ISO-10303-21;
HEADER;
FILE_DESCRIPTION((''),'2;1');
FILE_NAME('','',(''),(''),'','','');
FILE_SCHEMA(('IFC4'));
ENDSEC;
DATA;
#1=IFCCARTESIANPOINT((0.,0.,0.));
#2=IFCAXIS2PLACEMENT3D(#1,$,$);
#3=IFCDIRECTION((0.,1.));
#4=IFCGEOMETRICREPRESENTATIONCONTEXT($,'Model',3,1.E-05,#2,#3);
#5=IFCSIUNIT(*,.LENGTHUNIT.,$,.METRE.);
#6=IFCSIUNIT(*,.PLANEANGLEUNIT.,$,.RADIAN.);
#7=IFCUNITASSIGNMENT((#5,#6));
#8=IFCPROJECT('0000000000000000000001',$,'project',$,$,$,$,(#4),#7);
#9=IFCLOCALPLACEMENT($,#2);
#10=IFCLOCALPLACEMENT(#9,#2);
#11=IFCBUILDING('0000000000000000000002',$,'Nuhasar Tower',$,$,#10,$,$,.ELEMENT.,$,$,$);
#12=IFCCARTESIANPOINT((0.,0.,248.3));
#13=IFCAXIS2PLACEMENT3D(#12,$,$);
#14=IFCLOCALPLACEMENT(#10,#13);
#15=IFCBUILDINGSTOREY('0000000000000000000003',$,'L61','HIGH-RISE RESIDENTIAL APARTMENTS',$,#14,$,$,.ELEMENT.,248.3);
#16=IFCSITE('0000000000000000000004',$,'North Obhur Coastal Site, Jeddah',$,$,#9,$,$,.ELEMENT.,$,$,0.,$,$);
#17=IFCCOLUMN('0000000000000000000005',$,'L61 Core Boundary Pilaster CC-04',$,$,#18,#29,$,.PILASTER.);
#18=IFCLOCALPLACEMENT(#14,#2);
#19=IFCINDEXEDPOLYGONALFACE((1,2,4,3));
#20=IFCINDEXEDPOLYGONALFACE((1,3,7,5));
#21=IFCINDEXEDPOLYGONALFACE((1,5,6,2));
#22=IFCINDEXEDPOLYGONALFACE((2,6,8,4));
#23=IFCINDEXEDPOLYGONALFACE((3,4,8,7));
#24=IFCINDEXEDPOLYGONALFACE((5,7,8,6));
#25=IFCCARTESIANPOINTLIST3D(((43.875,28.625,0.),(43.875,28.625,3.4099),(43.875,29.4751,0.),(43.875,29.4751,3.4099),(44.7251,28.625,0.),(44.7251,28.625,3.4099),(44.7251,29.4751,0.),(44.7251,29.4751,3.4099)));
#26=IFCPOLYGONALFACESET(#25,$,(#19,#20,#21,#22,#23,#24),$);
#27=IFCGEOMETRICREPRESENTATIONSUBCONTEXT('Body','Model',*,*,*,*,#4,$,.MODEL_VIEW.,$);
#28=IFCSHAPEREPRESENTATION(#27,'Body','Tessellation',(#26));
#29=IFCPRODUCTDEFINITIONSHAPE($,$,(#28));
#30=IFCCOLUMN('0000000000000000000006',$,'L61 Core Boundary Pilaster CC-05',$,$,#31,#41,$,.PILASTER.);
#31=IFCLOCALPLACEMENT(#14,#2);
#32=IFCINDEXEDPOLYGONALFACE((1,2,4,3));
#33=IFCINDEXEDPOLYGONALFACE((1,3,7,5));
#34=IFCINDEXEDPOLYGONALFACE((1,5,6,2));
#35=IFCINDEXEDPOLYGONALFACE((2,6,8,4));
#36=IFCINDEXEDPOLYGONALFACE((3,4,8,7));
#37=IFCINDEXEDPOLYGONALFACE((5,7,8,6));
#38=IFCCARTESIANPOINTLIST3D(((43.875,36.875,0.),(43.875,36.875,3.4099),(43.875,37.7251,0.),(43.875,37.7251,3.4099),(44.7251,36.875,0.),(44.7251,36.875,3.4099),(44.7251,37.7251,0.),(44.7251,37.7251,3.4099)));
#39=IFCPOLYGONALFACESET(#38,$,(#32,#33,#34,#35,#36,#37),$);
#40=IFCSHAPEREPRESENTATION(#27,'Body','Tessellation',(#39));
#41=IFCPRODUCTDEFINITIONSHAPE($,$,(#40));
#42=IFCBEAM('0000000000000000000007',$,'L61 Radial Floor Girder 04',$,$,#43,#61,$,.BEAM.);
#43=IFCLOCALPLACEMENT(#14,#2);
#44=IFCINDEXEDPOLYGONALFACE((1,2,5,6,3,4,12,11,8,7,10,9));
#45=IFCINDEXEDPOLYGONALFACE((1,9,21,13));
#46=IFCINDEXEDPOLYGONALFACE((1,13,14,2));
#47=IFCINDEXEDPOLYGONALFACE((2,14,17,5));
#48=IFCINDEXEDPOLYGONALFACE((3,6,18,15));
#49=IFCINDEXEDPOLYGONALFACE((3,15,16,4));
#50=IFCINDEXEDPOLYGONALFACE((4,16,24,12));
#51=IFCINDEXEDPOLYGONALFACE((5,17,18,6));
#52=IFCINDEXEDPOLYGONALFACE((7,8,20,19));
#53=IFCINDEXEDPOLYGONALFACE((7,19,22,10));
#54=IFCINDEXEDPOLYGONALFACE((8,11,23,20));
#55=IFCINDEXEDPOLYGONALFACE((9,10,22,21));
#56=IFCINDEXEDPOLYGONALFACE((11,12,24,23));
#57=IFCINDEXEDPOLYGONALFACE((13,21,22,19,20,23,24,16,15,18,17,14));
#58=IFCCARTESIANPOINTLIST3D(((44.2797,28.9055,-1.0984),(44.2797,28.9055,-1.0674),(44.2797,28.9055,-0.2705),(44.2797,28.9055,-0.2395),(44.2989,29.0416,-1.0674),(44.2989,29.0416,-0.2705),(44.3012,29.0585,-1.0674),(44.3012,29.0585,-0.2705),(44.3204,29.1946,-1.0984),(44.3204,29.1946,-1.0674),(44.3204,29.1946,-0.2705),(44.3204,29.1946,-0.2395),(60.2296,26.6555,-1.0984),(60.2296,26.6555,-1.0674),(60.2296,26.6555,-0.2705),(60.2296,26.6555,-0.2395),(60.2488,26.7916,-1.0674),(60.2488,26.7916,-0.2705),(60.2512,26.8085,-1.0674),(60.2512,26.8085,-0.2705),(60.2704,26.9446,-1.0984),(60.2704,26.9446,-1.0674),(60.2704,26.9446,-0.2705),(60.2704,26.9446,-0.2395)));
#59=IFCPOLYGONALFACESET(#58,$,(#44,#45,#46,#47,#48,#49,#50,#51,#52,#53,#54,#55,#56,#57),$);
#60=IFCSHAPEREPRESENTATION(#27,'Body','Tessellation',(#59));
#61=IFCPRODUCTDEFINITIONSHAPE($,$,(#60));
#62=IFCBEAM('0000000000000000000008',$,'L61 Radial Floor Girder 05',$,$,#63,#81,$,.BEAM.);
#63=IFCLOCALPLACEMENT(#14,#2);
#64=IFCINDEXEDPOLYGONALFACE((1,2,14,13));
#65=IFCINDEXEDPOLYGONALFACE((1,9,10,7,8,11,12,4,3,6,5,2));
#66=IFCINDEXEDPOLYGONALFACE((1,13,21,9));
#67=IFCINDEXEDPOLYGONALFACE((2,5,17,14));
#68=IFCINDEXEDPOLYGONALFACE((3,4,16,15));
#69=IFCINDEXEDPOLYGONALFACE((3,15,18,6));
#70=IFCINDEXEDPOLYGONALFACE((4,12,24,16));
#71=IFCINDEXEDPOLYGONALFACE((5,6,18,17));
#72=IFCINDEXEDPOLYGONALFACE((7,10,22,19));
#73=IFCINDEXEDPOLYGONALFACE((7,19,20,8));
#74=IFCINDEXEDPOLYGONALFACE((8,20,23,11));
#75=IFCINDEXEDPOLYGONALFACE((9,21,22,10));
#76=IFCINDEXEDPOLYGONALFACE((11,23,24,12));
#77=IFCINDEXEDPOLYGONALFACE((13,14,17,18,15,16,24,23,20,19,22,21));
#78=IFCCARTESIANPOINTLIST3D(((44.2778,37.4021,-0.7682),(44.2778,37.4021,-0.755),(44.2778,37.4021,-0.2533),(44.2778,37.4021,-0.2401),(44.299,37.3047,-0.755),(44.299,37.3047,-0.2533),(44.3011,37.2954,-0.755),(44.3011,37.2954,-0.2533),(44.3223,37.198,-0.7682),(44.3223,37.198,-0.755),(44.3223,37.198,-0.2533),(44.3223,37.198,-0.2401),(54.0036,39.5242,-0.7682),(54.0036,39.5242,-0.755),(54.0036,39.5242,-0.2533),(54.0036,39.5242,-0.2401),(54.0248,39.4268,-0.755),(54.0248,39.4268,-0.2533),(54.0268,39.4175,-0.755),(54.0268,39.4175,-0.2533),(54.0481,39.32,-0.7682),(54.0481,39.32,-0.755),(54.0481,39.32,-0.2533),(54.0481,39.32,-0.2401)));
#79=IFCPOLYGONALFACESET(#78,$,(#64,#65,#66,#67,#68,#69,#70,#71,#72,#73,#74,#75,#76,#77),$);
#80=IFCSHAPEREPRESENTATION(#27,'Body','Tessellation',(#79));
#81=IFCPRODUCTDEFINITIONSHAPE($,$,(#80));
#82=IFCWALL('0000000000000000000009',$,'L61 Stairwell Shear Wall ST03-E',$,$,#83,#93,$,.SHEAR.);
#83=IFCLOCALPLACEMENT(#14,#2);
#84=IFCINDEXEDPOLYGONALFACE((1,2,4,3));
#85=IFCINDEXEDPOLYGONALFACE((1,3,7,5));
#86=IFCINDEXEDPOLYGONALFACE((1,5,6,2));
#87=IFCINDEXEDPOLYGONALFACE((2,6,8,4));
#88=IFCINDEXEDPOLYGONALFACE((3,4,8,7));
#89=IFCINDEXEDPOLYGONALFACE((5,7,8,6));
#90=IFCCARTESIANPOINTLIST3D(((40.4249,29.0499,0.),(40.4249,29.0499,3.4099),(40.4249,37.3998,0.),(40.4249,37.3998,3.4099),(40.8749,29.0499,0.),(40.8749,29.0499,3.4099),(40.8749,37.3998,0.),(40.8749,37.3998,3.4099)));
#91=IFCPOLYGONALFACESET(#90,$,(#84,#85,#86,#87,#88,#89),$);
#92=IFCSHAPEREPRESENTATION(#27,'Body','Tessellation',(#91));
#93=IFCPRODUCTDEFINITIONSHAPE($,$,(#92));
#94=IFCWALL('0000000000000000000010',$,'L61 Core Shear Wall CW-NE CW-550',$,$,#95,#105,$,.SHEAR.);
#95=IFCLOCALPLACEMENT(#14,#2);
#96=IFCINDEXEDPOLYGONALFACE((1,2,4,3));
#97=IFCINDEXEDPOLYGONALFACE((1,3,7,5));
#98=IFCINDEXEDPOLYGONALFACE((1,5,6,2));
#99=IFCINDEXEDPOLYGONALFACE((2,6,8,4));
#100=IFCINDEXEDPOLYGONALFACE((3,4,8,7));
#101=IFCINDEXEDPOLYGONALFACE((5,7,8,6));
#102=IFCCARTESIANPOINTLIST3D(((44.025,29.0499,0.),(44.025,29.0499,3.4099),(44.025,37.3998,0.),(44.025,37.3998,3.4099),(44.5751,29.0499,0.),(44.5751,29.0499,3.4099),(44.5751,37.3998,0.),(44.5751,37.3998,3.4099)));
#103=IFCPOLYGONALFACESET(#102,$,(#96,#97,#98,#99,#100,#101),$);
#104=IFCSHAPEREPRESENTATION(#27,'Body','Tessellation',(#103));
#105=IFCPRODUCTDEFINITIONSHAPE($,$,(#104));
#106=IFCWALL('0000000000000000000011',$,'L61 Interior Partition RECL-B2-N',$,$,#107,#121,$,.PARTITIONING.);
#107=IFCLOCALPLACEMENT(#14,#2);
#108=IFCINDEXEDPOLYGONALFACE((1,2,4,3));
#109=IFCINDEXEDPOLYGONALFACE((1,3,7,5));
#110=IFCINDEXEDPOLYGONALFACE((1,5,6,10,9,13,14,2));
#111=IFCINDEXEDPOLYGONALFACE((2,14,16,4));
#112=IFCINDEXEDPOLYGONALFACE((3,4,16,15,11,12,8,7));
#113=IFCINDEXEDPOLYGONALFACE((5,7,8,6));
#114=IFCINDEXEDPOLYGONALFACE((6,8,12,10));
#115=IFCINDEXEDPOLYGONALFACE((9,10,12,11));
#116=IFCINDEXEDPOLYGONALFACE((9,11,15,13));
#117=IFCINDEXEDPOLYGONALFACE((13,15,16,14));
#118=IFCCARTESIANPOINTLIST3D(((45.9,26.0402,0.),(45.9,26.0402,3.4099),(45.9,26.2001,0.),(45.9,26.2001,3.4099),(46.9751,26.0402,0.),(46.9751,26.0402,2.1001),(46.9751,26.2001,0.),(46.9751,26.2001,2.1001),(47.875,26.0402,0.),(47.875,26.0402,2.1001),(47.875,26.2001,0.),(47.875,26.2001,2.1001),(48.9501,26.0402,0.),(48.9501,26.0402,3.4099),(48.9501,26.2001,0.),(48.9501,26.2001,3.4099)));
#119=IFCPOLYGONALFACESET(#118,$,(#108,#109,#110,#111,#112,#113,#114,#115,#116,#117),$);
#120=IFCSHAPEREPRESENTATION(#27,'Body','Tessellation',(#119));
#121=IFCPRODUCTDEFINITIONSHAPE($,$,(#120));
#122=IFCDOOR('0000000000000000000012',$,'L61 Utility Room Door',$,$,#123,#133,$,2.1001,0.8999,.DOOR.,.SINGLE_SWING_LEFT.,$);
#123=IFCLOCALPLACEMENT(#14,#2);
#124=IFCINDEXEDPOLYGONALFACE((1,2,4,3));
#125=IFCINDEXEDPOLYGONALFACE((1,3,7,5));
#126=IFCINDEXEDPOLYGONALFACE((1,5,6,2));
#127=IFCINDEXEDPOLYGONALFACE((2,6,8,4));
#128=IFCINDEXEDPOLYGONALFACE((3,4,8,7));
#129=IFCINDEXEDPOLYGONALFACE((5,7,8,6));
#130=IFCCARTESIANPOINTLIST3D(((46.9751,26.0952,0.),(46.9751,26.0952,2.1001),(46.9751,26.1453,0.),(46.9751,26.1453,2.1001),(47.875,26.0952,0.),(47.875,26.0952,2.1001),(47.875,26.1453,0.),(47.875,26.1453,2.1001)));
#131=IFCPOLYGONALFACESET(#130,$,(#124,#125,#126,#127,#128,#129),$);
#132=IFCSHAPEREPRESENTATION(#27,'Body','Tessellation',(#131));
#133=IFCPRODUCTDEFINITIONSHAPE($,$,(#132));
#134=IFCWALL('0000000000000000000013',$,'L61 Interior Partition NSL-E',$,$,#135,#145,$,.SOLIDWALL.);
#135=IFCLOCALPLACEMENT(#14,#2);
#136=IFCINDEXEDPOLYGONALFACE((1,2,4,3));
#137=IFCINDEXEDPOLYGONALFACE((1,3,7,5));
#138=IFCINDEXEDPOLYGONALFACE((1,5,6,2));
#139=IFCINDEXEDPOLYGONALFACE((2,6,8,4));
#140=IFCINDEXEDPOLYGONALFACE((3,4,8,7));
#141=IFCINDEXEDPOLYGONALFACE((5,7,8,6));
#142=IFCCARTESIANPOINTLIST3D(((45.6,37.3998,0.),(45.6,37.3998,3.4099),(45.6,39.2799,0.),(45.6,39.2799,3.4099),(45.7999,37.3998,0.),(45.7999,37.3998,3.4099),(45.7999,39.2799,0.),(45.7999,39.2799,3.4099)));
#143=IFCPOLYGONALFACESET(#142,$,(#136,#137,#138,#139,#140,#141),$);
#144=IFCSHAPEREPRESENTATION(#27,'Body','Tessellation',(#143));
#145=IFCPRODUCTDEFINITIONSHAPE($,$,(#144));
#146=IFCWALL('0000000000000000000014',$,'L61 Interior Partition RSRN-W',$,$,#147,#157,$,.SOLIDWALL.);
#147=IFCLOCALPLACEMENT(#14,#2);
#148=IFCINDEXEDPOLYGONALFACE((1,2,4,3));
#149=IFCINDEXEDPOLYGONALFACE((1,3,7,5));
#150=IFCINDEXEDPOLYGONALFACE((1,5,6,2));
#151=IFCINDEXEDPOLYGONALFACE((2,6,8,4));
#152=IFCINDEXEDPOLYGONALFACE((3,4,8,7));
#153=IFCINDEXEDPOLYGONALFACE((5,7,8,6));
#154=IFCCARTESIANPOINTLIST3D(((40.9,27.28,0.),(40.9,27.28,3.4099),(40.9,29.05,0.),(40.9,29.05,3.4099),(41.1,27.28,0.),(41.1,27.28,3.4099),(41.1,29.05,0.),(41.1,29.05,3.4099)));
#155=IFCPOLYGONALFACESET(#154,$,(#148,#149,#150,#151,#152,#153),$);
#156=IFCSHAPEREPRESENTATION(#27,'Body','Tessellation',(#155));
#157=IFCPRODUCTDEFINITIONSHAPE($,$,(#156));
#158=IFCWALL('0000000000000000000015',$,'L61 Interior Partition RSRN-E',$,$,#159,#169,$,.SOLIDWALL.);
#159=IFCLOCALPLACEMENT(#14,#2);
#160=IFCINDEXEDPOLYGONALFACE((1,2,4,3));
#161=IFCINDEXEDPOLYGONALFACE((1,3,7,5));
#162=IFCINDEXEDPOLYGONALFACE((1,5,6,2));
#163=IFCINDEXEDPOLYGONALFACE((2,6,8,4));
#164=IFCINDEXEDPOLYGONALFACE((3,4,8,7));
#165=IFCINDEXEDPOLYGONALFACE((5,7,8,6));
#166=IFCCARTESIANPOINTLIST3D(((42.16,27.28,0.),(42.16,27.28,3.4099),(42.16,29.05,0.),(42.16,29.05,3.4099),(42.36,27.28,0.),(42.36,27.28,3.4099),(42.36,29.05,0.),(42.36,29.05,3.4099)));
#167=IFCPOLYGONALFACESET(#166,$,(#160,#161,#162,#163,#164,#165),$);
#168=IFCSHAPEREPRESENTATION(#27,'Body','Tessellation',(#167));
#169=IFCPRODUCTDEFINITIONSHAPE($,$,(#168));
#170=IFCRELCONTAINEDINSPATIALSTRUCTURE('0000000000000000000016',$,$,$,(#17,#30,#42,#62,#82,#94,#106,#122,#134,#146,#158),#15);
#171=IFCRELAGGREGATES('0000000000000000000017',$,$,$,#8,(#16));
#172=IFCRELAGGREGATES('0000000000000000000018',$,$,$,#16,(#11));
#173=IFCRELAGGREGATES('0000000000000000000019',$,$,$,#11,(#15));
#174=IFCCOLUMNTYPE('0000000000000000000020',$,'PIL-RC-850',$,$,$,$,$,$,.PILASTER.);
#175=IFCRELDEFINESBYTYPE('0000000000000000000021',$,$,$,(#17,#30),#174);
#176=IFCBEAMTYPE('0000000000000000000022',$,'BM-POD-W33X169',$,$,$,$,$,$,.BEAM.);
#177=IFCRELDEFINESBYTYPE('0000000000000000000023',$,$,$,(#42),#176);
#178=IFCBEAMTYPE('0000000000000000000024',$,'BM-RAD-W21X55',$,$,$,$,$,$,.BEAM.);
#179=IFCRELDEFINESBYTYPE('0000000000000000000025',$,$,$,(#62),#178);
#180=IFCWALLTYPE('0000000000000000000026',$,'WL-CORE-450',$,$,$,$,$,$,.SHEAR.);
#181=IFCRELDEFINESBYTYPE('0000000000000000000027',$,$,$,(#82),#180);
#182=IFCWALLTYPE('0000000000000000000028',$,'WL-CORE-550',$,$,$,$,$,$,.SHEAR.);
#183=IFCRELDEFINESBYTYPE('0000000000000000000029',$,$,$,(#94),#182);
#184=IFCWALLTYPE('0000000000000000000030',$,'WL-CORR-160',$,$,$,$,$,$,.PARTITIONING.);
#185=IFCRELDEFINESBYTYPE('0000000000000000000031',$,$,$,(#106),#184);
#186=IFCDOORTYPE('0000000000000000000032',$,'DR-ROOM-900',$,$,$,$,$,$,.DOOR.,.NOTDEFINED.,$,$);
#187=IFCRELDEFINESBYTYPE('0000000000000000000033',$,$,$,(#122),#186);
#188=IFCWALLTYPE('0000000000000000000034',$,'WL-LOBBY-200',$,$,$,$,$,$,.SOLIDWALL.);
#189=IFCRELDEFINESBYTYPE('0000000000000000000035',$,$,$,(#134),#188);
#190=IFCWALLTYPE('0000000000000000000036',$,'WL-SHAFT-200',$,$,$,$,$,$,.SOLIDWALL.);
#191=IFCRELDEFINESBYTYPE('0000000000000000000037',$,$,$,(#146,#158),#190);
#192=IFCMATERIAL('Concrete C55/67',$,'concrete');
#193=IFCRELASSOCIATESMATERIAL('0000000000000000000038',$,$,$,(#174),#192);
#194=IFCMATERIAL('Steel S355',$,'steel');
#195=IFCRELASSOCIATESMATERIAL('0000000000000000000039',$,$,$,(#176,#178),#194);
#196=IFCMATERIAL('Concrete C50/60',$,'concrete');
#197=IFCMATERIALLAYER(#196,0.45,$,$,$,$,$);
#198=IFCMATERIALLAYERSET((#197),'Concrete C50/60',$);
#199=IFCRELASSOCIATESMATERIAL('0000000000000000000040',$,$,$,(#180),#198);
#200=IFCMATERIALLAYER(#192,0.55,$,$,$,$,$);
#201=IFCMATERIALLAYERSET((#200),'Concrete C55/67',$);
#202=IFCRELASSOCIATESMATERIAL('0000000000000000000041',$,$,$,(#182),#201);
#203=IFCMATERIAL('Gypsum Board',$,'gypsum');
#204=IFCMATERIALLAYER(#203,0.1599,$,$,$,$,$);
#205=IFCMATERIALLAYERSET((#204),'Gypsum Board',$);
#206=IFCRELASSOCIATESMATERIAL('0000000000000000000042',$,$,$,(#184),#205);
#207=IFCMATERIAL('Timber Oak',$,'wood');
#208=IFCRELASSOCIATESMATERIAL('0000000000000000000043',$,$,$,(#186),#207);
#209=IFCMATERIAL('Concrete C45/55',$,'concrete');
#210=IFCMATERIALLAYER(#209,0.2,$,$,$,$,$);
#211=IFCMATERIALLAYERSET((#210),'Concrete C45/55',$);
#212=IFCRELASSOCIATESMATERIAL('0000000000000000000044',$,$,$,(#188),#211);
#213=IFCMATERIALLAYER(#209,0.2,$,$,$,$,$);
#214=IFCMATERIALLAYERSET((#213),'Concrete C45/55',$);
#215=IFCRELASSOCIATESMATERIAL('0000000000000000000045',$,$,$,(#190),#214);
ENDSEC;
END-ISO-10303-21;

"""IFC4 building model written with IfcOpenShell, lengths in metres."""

from ifc_helpers import new_model, si_unit, direction, frame, frame_2d, origin, origin_2d, place, context, subcontext, project, spatial, rectangle, i_section, extrude, material, layer, layer_set, material_profile, profile_set, type_object, element, fill, save


model = new_model("IFC4")

# Units and contexts
model_context = context("Model", 3, precision=1e-05, world=origin(), true_north=direction((0.0, 1.0)))
body_context = subcontext(model_context, "Body", "Model", "MODEL_VIEW")
ifc_project = project(units=[si_unit("LENGTHUNIT", "METRE"), si_unit("PLANEANGLEUNIT", "RADIAN")], contexts=[model_context])

# Site, building, storey
site_placement = place(None, origin())
site = spatial("IfcSite", under=ifc_project, at=site_placement, Name="North Obhur Coastal Site, Jeddah", CompositionType="ELEMENT", RefElevation=0.0)
building_placement = place(site_placement, origin())
building = spatial("IfcBuilding", under=site, at=building_placement, Name="Nuhasar Tower", CompositionType="ELEMENT")
storey_placement = place(building_placement, frame((0.0, 0.0, 248.3)))
storey = spatial("IfcBuildingStorey", under=building, at=storey_placement, Name="L61", Description="HIGH-RISE RESIDENTIAL APARTMENTS", CompositionType="ELEMENT", Elevation=248.3)

# Columns
ifc_material_1 = material(Name="Concrete C55/67", Category="concrete")
ifc_material_profile_1 = material_profile(ifc_material_1, rectangle(XDim=0.8501, YDim=0.8501, at=origin_2d()), Name="RC850X850")
ifc_profile_set_1 = profile_set([ifc_material_profile_1], Name="Concrete C55/67")
column_type = type_object("IfcColumnType", Name="PIL-RC-850", PredefinedType="PILASTER", material=ifc_profile_set_1)
for number, where, z_axis, x_axis, name in (
    (1, (44.3, 29.05, 0.0), (0.0, 0.0, 1.0), (1.0, 0.0, 0.0), "L61 Core Boundary Pilaster CC-04"),
    (2, (44.3, 37.3, 0.0), (0.0, 0.0, 1.0), (1.0, 0.0, 0.0), "L61 Core Boundary Pilaster CC-05"),
):
    element("IfcColumn", number, at=place(storey_placement, frame(where, z_axis=z_axis, x_axis=x_axis)), inside=storey, type_object=column_type, Name=name, PredefinedType="PILASTER", context=body_context, shape_type="SweptSolid", body=[
        extrude(rectangle(XDim=0.8501, YDim=0.8501, at=origin_2d()), origin(), (0.0, 0.0, 1.0), 3.4099),
    ])

# Beams
ifc_material_2 = material(Name="Steel S355", Category="steel")
ifc_material_profile_2 = material_profile(ifc_material_2, i_section(OverallWidth=0.292, OverallDepth=0.8589, WebThickness=0.0171, FlangeThickness=0.031, at=origin_2d()), Name="W33X169")
ifc_profile_set_2 = profile_set([ifc_material_profile_2], Name="Steel S355")
beam_type_1 = type_object("IfcBeamType", Name="BM-POD-W33X169", PredefinedType="BEAM", material=ifc_profile_set_2)
beam_1_placement = place(storey_placement, frame((44.3, 29.05, -0.6689), z_axis=(0.990196, -0.139683, 0.0), x_axis=(0.139683, 0.990196, 0.0)))
element("IfcBeam", 3, at=beam_1_placement, inside=storey, type_object=beam_type_1, Name="L61 Radial Floor Girder 04", PredefinedType="BEAM", context=body_context, shape_type="SweptSolid", body=[
    extrude(i_section(OverallWidth=0.292, OverallDepth=0.8589, WebThickness=0.0171, FlangeThickness=0.031, at=origin_2d()), origin(), (0.0, 0.0, 1.0), 16.1079),
])
ifc_material_profile_3 = material_profile(ifc_material_2, i_section(OverallWidth=0.209, OverallDepth=0.5281, WebThickness=0.0095, FlangeThickness=0.0132, at=origin_2d()), Name="W21X55")
ifc_profile_set_3 = profile_set([ifc_material_profile_3], Name="Steel S355")
beam_type_2 = type_object("IfcBeamType", Name="BM-RAD-W21X55", PredefinedType="BEAM", material=ifc_profile_set_3)
beam_2_placement = place(storey_placement, frame((44.3, 37.3, -0.5042), z_axis=(0.977014, 0.213174, 0.0), x_axis=(-0.213174, 0.977014, 0.0)))
element("IfcBeam", 4, at=beam_2_placement, inside=storey, type_object=beam_type_2, Name="L61 Radial Floor Girder 05", PredefinedType="BEAM", context=body_context, shape_type="SweptSolid", body=[
    extrude(i_section(OverallWidth=0.209, OverallDepth=0.5281, WebThickness=0.0095, FlangeThickness=0.0132, at=origin_2d()), origin(), (0.0, 0.0, 1.0), 9.9546),
])

# Shared definitions
ifc_material_3 = material(Name="Concrete C50/60", Category="concrete")
ifc_layer_1 = layer(ifc_material_3, 0.45)
ifc_layer_set_1 = layer_set([ifc_layer_1], Name="Concrete C50/60")
wall_type_1 = type_object("IfcWallType", Name="WL-CORE-450", PredefinedType="SHEAR", material=ifc_layer_set_1)

# Wall
wall_1_placement = place(storey_placement, frame((40.6499, 29.05, 0.0), z_axis=(0.0, 0.0, 1.0), x_axis=(0.0, 1.0, 0.0)))
element("IfcWall", 5, at=wall_1_placement, inside=storey, type_object=wall_type_1, Name="L61 Stairwell Shear Wall ST03-E", PredefinedType="SHEAR", context=body_context, shape_type="SweptSolid", body=[
    extrude(rectangle(XDim=8.3499, YDim=0.45, at=frame_2d((4.1748, 0.0))), origin(), (0.0, 0.0, 1.0), 3.4099),
])

# Wall
ifc_layer_2 = layer(ifc_material_1, 0.55)
ifc_layer_set_2 = layer_set([ifc_layer_2], Name="Concrete C55/67")
wall_type_2 = type_object("IfcWallType", Name="WL-CORE-550", PredefinedType="SHEAR", material=ifc_layer_set_2)
wall_2_placement = place(storey_placement, frame((44.3, 29.05, 0.0), z_axis=(0.0, 0.0, 1.0), x_axis=(0.0, 1.0, 0.0)))
element("IfcWall", 6, at=wall_2_placement, inside=storey, type_object=wall_type_2, Name="L61 Core Shear Wall CW-NE CW-550", PredefinedType="SHEAR", context=body_context, shape_type="SweptSolid", body=[
    extrude(rectangle(XDim=8.3499, YDim=0.55, at=frame_2d((4.1748, 0.0))), origin(), (0.0, 0.0, 1.0), 3.4099),
])

# Wall, opening, door
ifc_material_4 = material(Name="Gypsum Board", Category="gypsum")
ifc_layer_3 = layer(ifc_material_4, 0.1599)
ifc_layer_set_3 = layer_set([ifc_layer_3], Name="Gypsum Board")
wall_type_3 = type_object("IfcWallType", Name="WL-CORR-160", PredefinedType="PARTITIONING", material=ifc_layer_set_3)
wall_3_placement = place(storey_placement, frame((48.95, 26.1201, 0.0), z_axis=(0.0, 0.0, 1.0), x_axis=(-1.0, 0.0, 0.0)))
wall_3 = element("IfcWall", 7, at=wall_3_placement, inside=storey, type_object=wall_type_3, Name="L61 Interior Partition RECL-B2-N", PredefinedType="PARTITIONING", context=body_context, shape_type="SweptSolid", body=[
    extrude(rectangle(XDim=3.05, YDim=0.1599, at=frame_2d((1.5249, 0.0))), origin(), (0.0, 0.0, 1.0), 3.4099),
])
opening_1_placement = place(wall_3_placement, frame((1.075, 0.0, 0.0)))
opening_1 = element("IfcOpeningElement", 8, at=opening_1_placement, cuts=wall_3, PredefinedType="OPENING", context=body_context, shape_type="SweptSolid", body=[
    extrude(rectangle(XDim=0.8999, YDim=2.1001, at=frame_2d((0.45, 1.05))), frame((0.0, 0.0898, 0.0), z_axis=(0.0, -1.0, 0.0), x_axis=(1.0, 0.0, 0.0)), (0.0, 0.0, 1.0), 0.1799),
])
ifc_material_5 = material(Name="Timber Oak", Category="wood")
door_type_1 = type_object("IfcDoorType", Name="DR-ROOM-900", OperationType="NOTDEFINED", PredefinedType="DOOR", material=ifc_material_5)
door_1_placement = place(opening_1_placement, origin())
door_1 = element("IfcDoor", 9, at=door_1_placement, inside=storey, type_object=door_type_1, Name="L61 Utility Room Door", OperationType="SINGLE_SWING_LEFT", OverallHeight=2.1001, OverallWidth=0.8999, PredefinedType="DOOR", context=body_context, shape_type="SweptSolid", body=[
    extrude(rectangle(XDim=0.8999, YDim=2.1001, at=frame_2d((0.45, 1.05))), frame((0.0, 0.0249, 0.0), z_axis=(0.0, -1.0, 0.0), x_axis=(1.0, 0.0, 0.0)), (0.0, 0.0, 1.0), 0.05),
])
fill(opening_1, door_1)

# Walls
ifc_material_6 = material(Name="Concrete C45/55", Category="concrete")
ifc_layer_4 = layer(ifc_material_6, 0.2)
ifc_layer_set_4 = layer_set([ifc_layer_4], Name="Concrete C45/55")
wall_type_4 = type_object("IfcWallType", Name="WL-LOBBY-200", PredefinedType="SOLIDWALL", material=ifc_layer_set_4)
wall_4_placement = place(storey_placement, frame((45.7, 37.3999, 0.0), z_axis=(0.0, 0.0, 1.0), x_axis=(0.0, 1.0, 0.0)))
element("IfcWall", 10, at=wall_4_placement, inside=storey, type_object=wall_type_4, Name="L61 Interior Partition NSL-E", PredefinedType="SOLIDWALL", context=body_context, shape_type="SweptSolid", body=[
    extrude(rectangle(XDim=1.8801, YDim=0.2, at=frame_2d((0.9399, 0.0))), origin(), (0.0, 0.0, 1.0), 3.4099),
])
ifc_layer_5 = layer(ifc_material_6, 0.2)
ifc_layer_set_5 = layer_set([ifc_layer_5], Name="Concrete C45/55")
wall_type_5 = type_object("IfcWallType", Name="WL-SHAFT-200", PredefinedType="SOLIDWALL", material=ifc_layer_set_5)
for number, where, z_axis, x_axis, name in (
    (11, (41.0, 27.28, 0.0), (0.0, 0.0, 1.0), (0.0, 1.0, 0.0), "L61 Interior Partition RSRN-W"),
    (12, (42.26, 27.28, 0.0), (0.0, 0.0, 1.0), (0.0, 1.0, 0.0), "L61 Interior Partition RSRN-E"),
):
    element("IfcWall", number, at=place(storey_placement, frame(where, z_axis=z_axis, x_axis=x_axis)), inside=storey, type_object=wall_type_5, Name=name, PredefinedType="SOLIDWALL", context=body_context, shape_type="SweptSolid", body=[
        extrude(rectangle(XDim=1.77, YDim=0.2, at=frame_2d((0.885, 0.0))), origin(), (0.0, 0.0, 1.0), 3.4099),
    ])

save(model, "model.ifc")
